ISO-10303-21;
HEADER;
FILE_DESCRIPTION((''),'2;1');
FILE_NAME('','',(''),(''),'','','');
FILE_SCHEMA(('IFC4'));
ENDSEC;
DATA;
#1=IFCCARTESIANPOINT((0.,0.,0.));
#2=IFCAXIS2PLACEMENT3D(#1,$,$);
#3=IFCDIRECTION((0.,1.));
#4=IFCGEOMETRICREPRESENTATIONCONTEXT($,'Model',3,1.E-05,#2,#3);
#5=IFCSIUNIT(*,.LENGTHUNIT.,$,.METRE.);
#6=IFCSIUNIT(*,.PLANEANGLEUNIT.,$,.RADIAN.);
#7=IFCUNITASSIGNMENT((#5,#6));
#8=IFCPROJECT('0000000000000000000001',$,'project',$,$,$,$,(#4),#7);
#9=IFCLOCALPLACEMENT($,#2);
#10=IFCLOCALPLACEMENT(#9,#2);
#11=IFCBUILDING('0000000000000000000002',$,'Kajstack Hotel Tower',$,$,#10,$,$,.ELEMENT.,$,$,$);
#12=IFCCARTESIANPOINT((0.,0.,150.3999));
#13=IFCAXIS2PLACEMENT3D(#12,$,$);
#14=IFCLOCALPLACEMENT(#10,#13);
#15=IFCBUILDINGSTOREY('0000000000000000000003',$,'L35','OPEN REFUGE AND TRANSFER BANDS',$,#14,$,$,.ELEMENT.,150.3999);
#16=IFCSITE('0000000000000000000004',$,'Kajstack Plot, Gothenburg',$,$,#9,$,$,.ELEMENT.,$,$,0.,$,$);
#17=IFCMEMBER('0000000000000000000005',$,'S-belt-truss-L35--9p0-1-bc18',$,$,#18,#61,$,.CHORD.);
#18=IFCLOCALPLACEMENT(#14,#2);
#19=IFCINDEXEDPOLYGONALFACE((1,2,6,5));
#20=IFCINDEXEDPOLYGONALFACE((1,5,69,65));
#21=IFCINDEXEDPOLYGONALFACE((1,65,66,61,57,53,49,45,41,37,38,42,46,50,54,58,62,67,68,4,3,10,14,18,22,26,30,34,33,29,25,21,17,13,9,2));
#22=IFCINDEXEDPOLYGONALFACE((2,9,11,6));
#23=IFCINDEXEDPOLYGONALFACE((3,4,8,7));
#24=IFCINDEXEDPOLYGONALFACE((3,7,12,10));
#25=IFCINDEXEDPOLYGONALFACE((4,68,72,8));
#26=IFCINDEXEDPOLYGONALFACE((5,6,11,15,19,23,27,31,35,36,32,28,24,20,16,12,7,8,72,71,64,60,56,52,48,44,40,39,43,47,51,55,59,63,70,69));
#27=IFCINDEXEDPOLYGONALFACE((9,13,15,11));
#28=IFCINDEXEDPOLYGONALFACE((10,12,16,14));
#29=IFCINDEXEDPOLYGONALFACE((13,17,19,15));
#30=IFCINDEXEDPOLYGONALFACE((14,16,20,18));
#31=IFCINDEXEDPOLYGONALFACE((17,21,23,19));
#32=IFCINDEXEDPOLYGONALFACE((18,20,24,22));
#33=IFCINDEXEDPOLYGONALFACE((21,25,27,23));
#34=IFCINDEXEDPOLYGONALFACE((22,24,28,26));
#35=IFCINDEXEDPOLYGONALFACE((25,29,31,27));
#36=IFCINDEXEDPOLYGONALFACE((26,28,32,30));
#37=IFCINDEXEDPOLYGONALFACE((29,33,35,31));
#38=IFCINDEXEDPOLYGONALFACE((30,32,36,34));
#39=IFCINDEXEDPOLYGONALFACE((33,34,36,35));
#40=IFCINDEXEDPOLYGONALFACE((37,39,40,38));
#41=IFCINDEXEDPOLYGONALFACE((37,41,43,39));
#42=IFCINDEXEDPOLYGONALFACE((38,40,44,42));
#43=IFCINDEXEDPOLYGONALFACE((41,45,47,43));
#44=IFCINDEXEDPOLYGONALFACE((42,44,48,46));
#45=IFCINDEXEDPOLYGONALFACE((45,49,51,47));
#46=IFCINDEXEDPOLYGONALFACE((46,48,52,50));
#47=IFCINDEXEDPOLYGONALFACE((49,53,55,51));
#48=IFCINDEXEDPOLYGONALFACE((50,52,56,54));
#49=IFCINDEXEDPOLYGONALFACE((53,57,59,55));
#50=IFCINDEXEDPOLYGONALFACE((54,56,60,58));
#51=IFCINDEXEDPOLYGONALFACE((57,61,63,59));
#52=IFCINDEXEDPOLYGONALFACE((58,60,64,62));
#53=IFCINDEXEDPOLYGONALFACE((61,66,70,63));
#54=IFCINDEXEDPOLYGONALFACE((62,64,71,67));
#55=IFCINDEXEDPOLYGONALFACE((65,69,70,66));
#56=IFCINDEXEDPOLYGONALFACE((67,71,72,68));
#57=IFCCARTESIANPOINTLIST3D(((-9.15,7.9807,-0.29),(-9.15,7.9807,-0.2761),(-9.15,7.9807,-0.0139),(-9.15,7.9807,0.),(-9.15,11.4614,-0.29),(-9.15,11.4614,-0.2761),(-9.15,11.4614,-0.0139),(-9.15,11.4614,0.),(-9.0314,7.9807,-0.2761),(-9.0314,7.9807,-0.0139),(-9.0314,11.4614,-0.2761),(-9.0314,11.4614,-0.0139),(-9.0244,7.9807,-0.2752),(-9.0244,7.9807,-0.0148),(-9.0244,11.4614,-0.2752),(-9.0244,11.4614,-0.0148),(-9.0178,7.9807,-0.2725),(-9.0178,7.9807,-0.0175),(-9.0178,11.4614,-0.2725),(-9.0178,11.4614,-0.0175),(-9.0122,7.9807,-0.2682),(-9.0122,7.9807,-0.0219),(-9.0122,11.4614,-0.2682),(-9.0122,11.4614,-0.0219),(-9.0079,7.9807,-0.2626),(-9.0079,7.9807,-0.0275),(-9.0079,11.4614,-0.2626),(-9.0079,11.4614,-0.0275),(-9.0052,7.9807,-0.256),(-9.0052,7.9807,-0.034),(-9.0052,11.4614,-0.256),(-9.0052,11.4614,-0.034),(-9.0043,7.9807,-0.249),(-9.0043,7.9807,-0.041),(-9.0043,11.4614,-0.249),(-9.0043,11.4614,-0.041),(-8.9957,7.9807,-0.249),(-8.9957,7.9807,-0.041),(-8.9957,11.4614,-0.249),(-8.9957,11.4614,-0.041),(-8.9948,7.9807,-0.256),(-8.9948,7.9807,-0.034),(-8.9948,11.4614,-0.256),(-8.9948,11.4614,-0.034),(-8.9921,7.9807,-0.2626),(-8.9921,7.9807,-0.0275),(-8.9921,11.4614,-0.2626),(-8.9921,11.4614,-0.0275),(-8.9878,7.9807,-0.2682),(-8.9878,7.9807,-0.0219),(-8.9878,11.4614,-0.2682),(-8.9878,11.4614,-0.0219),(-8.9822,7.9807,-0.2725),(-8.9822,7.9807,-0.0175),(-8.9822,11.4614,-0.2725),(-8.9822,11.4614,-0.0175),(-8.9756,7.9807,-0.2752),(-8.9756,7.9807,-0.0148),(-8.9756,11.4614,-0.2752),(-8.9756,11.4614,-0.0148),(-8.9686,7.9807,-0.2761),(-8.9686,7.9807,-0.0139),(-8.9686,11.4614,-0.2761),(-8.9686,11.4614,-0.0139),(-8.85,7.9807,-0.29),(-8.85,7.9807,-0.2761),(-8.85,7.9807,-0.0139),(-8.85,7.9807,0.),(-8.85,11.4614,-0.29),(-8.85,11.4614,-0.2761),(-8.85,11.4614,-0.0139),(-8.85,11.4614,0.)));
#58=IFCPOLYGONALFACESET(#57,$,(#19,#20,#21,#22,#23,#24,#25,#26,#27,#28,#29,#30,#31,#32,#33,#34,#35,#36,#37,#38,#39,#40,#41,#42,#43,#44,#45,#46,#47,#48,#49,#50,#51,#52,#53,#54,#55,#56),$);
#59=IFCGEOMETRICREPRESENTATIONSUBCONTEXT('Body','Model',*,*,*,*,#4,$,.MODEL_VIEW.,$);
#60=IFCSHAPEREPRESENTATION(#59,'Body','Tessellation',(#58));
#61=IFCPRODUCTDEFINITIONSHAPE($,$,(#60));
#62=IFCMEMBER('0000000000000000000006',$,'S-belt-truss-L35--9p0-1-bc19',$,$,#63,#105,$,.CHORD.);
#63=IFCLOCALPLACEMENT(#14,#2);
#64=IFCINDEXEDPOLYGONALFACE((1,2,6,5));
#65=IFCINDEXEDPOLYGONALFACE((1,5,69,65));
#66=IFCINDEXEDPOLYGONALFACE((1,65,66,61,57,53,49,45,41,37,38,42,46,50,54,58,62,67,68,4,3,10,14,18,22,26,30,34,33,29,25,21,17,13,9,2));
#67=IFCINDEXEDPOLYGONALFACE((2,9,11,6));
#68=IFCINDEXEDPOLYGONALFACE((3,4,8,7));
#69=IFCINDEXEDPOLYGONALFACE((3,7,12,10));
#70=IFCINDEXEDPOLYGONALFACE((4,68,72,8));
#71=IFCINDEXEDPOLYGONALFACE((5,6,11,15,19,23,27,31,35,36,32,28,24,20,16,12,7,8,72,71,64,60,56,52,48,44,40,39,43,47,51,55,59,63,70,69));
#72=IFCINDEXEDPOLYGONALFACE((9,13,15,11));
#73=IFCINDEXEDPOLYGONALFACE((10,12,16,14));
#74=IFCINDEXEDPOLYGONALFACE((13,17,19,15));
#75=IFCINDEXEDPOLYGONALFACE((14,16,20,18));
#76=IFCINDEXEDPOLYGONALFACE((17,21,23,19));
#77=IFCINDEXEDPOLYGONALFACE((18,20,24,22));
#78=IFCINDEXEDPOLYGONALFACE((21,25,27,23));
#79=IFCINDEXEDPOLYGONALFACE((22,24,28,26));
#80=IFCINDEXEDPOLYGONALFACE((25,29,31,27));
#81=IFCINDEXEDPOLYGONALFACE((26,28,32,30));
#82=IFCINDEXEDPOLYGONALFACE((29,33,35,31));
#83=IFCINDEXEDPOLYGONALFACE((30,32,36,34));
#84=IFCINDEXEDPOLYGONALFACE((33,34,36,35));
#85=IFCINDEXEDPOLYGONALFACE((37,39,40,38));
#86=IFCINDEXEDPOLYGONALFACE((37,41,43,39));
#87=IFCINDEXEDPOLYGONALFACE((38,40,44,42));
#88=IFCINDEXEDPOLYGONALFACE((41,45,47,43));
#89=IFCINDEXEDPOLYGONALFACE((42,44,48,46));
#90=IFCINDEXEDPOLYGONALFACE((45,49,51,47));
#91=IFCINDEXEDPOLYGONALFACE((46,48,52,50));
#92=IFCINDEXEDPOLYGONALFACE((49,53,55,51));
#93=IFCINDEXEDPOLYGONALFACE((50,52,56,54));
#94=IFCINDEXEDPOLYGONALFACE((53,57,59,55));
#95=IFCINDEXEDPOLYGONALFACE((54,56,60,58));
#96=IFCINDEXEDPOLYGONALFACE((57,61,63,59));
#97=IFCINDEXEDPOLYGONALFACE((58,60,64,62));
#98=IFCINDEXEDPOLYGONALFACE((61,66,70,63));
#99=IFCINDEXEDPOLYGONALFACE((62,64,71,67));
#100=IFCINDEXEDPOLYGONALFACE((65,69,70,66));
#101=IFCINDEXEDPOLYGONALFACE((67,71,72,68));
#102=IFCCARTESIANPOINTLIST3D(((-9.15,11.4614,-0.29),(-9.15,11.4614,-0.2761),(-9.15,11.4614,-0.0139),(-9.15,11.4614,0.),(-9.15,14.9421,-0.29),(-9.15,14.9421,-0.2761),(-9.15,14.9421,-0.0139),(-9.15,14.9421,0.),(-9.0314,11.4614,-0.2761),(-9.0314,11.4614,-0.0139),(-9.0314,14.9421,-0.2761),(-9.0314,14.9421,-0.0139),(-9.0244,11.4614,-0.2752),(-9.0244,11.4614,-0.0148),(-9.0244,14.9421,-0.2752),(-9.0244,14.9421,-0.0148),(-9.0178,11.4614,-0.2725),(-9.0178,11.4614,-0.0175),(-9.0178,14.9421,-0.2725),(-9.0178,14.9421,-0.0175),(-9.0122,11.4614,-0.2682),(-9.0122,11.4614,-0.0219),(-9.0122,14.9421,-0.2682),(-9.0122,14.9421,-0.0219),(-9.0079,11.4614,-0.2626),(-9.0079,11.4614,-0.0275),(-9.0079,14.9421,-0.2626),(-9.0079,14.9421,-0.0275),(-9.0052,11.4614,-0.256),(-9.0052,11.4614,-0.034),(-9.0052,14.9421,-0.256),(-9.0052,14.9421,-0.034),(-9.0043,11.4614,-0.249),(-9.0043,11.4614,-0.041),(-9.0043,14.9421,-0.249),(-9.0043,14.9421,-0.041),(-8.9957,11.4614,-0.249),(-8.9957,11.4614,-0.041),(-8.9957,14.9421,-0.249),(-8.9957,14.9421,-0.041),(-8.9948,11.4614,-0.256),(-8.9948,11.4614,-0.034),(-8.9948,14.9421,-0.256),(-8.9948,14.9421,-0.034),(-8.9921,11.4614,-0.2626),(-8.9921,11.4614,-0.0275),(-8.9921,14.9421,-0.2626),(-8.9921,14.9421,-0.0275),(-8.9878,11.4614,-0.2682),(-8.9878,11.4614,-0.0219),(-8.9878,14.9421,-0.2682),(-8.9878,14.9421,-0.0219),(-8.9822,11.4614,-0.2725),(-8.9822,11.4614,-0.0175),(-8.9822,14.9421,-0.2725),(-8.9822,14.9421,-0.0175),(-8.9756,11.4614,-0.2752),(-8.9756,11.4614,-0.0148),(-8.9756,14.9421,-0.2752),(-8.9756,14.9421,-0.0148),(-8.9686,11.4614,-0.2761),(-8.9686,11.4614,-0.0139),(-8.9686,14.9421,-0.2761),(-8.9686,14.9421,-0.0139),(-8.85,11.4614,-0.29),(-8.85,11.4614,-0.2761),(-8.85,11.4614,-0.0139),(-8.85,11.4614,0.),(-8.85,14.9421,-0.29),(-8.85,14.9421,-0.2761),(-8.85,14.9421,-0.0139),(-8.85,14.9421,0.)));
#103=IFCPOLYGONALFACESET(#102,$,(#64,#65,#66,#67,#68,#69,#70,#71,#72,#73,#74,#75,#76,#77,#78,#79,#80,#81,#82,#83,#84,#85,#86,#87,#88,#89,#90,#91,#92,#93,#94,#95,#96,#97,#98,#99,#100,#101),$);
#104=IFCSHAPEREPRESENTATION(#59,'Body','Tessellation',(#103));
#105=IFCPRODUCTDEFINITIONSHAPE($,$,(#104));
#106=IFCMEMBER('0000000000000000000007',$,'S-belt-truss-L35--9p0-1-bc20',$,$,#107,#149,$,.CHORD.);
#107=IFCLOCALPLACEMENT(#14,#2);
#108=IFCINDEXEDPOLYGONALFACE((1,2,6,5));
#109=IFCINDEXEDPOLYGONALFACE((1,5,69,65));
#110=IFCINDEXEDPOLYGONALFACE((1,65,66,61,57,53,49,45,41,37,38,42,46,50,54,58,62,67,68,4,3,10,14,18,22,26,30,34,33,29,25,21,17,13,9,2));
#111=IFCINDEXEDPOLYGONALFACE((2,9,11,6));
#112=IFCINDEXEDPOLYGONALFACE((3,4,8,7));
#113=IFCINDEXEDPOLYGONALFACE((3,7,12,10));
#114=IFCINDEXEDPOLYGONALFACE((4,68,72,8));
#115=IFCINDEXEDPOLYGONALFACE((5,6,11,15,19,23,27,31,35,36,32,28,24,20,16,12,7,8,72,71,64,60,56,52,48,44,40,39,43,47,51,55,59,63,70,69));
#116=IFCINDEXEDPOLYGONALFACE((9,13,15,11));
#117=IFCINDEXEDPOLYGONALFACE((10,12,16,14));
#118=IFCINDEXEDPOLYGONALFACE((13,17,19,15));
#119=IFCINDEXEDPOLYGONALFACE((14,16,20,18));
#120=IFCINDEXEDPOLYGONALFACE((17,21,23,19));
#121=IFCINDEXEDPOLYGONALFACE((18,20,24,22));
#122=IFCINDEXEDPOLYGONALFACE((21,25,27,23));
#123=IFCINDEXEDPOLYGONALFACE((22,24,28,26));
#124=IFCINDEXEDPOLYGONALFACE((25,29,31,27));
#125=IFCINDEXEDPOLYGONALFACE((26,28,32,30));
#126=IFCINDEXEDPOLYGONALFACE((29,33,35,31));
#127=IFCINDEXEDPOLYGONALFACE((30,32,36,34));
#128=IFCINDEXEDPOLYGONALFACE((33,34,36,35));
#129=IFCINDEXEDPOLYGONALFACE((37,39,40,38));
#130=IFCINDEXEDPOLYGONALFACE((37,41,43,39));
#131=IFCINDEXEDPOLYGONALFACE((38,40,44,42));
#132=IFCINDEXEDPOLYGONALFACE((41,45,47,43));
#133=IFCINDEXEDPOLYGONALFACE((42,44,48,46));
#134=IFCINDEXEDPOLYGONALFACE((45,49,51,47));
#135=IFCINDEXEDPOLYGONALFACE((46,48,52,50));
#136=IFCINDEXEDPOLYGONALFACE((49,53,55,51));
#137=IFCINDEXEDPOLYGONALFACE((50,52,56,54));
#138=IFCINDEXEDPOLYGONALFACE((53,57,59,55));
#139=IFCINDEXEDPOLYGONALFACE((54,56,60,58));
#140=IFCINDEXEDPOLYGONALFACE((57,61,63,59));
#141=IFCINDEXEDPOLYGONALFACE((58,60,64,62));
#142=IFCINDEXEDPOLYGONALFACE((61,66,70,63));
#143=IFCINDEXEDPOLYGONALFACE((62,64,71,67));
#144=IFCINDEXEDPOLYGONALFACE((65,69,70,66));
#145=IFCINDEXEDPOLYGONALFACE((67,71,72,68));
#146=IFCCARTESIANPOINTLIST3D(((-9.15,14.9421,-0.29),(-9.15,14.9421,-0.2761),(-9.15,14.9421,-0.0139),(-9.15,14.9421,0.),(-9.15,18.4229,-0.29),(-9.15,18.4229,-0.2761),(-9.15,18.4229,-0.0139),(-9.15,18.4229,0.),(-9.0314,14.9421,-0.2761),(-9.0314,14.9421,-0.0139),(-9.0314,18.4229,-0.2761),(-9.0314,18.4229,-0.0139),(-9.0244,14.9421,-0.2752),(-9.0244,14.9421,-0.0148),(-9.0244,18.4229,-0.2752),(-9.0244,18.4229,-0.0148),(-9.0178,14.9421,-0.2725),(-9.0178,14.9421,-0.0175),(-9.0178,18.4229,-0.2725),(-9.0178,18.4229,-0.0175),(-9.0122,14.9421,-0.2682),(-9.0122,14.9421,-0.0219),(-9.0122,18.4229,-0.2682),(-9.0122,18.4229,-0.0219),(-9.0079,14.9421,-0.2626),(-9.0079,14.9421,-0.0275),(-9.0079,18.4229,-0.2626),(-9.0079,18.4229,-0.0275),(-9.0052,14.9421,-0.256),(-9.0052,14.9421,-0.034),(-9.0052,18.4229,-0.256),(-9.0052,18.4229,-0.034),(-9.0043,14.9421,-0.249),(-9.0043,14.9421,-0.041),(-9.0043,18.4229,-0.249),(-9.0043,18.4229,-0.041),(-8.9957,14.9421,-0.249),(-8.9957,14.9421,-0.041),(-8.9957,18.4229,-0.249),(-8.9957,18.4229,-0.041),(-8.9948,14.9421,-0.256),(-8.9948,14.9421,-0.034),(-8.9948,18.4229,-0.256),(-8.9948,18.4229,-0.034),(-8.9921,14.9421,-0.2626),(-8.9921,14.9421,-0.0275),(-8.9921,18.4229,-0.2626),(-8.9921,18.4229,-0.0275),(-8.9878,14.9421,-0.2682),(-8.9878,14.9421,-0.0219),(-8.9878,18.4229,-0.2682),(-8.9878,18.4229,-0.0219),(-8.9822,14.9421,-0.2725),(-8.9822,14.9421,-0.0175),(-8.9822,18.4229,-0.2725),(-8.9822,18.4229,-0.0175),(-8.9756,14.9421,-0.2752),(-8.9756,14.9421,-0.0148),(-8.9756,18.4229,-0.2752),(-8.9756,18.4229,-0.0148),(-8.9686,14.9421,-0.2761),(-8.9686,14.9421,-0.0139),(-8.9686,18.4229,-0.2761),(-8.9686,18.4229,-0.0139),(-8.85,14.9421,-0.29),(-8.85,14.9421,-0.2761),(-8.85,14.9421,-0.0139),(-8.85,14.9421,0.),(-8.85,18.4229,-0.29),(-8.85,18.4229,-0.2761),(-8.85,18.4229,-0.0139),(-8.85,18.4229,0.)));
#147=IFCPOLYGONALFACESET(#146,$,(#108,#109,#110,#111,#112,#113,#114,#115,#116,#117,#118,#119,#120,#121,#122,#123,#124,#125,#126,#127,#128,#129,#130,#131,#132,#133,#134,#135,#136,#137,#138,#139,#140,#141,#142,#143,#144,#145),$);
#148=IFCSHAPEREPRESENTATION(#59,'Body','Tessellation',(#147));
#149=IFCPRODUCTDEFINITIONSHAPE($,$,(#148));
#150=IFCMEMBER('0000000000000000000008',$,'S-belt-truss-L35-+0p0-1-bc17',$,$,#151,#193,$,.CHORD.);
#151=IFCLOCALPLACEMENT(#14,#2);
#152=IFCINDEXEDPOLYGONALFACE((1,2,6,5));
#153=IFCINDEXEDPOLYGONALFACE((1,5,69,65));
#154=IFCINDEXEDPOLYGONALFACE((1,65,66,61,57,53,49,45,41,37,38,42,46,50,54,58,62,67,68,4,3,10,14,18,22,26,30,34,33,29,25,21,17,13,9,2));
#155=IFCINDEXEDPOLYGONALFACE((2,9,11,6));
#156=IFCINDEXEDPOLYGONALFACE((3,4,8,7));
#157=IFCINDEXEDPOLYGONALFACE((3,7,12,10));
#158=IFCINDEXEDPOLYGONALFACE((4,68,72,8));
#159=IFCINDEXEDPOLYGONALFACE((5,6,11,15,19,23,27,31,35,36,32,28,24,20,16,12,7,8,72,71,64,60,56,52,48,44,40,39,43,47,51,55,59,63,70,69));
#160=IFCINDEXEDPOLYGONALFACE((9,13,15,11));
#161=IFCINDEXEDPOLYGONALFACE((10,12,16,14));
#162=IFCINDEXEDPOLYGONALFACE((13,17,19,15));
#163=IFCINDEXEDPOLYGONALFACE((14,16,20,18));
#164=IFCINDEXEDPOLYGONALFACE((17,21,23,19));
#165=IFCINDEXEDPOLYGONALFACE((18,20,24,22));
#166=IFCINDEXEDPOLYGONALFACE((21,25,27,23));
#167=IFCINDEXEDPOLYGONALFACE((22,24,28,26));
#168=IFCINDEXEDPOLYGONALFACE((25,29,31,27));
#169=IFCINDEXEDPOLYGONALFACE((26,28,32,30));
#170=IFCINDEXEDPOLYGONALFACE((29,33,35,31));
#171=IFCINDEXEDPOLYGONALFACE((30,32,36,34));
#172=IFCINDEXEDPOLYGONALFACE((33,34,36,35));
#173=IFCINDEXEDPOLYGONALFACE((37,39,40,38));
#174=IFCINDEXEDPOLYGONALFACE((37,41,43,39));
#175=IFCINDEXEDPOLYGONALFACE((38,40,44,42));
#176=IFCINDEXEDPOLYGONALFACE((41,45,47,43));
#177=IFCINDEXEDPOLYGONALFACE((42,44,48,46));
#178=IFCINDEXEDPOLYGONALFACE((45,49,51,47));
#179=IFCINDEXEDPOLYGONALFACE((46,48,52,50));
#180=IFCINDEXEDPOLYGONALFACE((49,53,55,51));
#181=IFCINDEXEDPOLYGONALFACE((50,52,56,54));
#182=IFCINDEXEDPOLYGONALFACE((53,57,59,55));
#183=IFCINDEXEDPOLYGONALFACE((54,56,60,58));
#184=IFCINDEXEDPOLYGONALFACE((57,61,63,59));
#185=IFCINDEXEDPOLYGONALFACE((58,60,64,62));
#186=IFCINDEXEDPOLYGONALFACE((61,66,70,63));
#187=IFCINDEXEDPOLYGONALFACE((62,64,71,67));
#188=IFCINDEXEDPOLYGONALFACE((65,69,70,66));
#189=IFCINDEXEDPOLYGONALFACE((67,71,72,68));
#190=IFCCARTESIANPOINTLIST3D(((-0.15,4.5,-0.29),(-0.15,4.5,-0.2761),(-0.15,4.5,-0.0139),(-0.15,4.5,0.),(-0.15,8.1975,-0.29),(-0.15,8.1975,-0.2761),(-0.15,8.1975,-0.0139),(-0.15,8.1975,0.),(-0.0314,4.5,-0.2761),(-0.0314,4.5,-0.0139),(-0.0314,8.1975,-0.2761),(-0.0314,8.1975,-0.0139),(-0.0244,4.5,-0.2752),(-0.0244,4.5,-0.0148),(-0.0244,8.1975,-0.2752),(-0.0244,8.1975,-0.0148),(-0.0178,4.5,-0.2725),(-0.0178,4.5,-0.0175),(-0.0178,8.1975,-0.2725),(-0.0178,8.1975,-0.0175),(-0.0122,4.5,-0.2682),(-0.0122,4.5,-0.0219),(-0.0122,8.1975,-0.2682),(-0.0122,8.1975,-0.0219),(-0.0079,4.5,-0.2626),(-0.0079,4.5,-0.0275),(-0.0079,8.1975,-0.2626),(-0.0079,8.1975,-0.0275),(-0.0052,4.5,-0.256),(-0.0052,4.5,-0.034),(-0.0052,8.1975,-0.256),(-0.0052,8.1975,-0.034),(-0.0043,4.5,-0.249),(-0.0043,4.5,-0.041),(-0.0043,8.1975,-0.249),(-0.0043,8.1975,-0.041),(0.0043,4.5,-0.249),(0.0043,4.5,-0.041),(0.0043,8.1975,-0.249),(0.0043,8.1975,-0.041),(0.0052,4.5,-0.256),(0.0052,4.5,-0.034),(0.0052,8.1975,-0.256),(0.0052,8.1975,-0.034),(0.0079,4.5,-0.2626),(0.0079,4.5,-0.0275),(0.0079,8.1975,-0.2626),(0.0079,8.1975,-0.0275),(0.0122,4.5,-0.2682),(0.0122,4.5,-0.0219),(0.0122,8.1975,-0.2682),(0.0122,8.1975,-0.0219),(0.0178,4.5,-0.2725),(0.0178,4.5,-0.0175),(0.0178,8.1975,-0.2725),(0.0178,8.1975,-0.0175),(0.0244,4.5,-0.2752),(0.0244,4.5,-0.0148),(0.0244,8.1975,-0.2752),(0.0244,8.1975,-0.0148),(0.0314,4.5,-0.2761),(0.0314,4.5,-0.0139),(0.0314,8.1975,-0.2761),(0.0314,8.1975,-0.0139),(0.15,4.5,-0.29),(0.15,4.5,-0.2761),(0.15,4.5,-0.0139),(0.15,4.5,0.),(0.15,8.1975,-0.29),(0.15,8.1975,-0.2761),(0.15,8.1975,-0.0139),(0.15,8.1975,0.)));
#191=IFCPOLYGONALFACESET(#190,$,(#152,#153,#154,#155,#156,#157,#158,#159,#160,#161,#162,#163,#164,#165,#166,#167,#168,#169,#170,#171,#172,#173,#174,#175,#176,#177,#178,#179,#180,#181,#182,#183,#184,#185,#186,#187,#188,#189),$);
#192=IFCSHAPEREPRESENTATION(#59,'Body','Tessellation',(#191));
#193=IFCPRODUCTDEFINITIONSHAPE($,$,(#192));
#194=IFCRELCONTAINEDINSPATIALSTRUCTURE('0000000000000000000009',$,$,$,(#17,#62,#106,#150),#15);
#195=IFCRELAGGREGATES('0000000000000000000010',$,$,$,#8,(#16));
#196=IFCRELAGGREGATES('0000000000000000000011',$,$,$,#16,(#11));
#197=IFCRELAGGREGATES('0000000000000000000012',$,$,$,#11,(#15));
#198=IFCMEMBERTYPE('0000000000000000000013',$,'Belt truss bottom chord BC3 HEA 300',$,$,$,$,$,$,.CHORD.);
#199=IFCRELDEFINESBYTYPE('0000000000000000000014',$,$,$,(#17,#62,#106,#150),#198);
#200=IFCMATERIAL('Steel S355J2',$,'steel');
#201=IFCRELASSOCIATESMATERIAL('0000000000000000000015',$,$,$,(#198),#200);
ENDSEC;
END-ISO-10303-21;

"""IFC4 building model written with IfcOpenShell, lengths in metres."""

from ifc_helpers import new_model, si_unit, direction, frame, origin, origin_2d, place, context, subcontext, project, spatial, i_section, extrude, material, material_profile, profile_set, type_object, element, save


model = new_model("IFC4")

# Units and contexts
model_context = context("Model", 3, precision=1e-05, world=origin(), true_north=direction((0.0, 1.0)))
body_context = subcontext(model_context, "Body", "Model", "MODEL_VIEW")
ifc_project = project(units=[si_unit("LENGTHUNIT", "METRE"), si_unit("PLANEANGLEUNIT", "RADIAN")], contexts=[model_context])

# Site, building, storey
site_placement = place(None, origin())
site = spatial("IfcSite", under=ifc_project, at=site_placement, Name="Kajstack Plot, Gothenburg", CompositionType="ELEMENT", RefElevation=0.0)
building_placement = place(site_placement, origin())
building = spatial("IfcBuilding", under=site, at=building_placement, Name="Kajstack Hotel Tower", CompositionType="ELEMENT")
storey_placement = place(building_placement, frame((0.0, 0.0, 150.3999)))
storey = spatial("IfcBuildingStorey", under=building, at=storey_placement, Name="L35", Description="OPEN REFUGE AND TRANSFER BANDS", CompositionType="ELEMENT", Elevation=150.3999)

# Members
ifc_material = material(Name="Steel S355J2", Category="steel")
ifc_material_profile_1 = material_profile(ifc_material, i_section(OverallWidth=0.3, OverallDepth=0.29, WebThickness=0.0085, FlangeThickness=0.0139, FilletRadius=0.0271, at=origin_2d()), Name="HEA 300")
ifc_profile_set_1 = profile_set([ifc_material_profile_1], Name="Steel S355J2")
member_type_1 = type_object("IfcMemberType", Name="Belt truss bottom chord BC3 HEA 300", PredefinedType="CHORD", material=ifc_profile_set_1)
for number, where, z_axis, x_axis, name in (
    (1, (-9.0, 7.9807, -0.145), (0.0, 1.0, 0.0), (-1.0, 0.0, 0.0), "S-belt-truss-L35--9p0-1-bc18"),
    (2, (-9.0, 11.4614, -0.145), (0.0, 1.0, 0.0), (-1.0, 0.0, 0.0), "S-belt-truss-L35--9p0-1-bc19"),
    (3, (-9.0, 14.9421, -0.145), (0.0, 1.0, 0.0), (-1.0, 0.0, 0.0), "S-belt-truss-L35--9p0-1-bc20"),
):
    element("IfcMember", number, at=place(storey_placement, frame(where, z_axis=z_axis, x_axis=x_axis)), inside=storey, type_object=member_type_1, Name=name, PredefinedType="CHORD", context=body_context, shape_type="SweptSolid", body=[
        extrude(i_section(OverallWidth=0.3, OverallDepth=0.29, WebThickness=0.0085, FlangeThickness=0.0139, FilletRadius=0.0271, at=origin_2d()), origin(), (0.0, 0.0, 1.0), 3.4807),
    ])
member_1_placement = place(storey_placement, frame((0.0, 4.5, -0.145), z_axis=(0.0, 1.0, 0.0), x_axis=(-1.0, 0.0, 0.0)))
element("IfcMember", 4, at=member_1_placement, inside=storey, type_object=member_type_1, Name="S-belt-truss-L35-+0p0-1-bc17", PredefinedType="CHORD", context=body_context, shape_type="SweptSolid", body=[
    extrude(i_section(OverallWidth=0.3, OverallDepth=0.29, WebThickness=0.0085, FlangeThickness=0.0139, FilletRadius=0.0271, at=origin_2d()), origin(), (0.0, 0.0, 1.0), 3.6975),
])

save(model, "model.ifc")
